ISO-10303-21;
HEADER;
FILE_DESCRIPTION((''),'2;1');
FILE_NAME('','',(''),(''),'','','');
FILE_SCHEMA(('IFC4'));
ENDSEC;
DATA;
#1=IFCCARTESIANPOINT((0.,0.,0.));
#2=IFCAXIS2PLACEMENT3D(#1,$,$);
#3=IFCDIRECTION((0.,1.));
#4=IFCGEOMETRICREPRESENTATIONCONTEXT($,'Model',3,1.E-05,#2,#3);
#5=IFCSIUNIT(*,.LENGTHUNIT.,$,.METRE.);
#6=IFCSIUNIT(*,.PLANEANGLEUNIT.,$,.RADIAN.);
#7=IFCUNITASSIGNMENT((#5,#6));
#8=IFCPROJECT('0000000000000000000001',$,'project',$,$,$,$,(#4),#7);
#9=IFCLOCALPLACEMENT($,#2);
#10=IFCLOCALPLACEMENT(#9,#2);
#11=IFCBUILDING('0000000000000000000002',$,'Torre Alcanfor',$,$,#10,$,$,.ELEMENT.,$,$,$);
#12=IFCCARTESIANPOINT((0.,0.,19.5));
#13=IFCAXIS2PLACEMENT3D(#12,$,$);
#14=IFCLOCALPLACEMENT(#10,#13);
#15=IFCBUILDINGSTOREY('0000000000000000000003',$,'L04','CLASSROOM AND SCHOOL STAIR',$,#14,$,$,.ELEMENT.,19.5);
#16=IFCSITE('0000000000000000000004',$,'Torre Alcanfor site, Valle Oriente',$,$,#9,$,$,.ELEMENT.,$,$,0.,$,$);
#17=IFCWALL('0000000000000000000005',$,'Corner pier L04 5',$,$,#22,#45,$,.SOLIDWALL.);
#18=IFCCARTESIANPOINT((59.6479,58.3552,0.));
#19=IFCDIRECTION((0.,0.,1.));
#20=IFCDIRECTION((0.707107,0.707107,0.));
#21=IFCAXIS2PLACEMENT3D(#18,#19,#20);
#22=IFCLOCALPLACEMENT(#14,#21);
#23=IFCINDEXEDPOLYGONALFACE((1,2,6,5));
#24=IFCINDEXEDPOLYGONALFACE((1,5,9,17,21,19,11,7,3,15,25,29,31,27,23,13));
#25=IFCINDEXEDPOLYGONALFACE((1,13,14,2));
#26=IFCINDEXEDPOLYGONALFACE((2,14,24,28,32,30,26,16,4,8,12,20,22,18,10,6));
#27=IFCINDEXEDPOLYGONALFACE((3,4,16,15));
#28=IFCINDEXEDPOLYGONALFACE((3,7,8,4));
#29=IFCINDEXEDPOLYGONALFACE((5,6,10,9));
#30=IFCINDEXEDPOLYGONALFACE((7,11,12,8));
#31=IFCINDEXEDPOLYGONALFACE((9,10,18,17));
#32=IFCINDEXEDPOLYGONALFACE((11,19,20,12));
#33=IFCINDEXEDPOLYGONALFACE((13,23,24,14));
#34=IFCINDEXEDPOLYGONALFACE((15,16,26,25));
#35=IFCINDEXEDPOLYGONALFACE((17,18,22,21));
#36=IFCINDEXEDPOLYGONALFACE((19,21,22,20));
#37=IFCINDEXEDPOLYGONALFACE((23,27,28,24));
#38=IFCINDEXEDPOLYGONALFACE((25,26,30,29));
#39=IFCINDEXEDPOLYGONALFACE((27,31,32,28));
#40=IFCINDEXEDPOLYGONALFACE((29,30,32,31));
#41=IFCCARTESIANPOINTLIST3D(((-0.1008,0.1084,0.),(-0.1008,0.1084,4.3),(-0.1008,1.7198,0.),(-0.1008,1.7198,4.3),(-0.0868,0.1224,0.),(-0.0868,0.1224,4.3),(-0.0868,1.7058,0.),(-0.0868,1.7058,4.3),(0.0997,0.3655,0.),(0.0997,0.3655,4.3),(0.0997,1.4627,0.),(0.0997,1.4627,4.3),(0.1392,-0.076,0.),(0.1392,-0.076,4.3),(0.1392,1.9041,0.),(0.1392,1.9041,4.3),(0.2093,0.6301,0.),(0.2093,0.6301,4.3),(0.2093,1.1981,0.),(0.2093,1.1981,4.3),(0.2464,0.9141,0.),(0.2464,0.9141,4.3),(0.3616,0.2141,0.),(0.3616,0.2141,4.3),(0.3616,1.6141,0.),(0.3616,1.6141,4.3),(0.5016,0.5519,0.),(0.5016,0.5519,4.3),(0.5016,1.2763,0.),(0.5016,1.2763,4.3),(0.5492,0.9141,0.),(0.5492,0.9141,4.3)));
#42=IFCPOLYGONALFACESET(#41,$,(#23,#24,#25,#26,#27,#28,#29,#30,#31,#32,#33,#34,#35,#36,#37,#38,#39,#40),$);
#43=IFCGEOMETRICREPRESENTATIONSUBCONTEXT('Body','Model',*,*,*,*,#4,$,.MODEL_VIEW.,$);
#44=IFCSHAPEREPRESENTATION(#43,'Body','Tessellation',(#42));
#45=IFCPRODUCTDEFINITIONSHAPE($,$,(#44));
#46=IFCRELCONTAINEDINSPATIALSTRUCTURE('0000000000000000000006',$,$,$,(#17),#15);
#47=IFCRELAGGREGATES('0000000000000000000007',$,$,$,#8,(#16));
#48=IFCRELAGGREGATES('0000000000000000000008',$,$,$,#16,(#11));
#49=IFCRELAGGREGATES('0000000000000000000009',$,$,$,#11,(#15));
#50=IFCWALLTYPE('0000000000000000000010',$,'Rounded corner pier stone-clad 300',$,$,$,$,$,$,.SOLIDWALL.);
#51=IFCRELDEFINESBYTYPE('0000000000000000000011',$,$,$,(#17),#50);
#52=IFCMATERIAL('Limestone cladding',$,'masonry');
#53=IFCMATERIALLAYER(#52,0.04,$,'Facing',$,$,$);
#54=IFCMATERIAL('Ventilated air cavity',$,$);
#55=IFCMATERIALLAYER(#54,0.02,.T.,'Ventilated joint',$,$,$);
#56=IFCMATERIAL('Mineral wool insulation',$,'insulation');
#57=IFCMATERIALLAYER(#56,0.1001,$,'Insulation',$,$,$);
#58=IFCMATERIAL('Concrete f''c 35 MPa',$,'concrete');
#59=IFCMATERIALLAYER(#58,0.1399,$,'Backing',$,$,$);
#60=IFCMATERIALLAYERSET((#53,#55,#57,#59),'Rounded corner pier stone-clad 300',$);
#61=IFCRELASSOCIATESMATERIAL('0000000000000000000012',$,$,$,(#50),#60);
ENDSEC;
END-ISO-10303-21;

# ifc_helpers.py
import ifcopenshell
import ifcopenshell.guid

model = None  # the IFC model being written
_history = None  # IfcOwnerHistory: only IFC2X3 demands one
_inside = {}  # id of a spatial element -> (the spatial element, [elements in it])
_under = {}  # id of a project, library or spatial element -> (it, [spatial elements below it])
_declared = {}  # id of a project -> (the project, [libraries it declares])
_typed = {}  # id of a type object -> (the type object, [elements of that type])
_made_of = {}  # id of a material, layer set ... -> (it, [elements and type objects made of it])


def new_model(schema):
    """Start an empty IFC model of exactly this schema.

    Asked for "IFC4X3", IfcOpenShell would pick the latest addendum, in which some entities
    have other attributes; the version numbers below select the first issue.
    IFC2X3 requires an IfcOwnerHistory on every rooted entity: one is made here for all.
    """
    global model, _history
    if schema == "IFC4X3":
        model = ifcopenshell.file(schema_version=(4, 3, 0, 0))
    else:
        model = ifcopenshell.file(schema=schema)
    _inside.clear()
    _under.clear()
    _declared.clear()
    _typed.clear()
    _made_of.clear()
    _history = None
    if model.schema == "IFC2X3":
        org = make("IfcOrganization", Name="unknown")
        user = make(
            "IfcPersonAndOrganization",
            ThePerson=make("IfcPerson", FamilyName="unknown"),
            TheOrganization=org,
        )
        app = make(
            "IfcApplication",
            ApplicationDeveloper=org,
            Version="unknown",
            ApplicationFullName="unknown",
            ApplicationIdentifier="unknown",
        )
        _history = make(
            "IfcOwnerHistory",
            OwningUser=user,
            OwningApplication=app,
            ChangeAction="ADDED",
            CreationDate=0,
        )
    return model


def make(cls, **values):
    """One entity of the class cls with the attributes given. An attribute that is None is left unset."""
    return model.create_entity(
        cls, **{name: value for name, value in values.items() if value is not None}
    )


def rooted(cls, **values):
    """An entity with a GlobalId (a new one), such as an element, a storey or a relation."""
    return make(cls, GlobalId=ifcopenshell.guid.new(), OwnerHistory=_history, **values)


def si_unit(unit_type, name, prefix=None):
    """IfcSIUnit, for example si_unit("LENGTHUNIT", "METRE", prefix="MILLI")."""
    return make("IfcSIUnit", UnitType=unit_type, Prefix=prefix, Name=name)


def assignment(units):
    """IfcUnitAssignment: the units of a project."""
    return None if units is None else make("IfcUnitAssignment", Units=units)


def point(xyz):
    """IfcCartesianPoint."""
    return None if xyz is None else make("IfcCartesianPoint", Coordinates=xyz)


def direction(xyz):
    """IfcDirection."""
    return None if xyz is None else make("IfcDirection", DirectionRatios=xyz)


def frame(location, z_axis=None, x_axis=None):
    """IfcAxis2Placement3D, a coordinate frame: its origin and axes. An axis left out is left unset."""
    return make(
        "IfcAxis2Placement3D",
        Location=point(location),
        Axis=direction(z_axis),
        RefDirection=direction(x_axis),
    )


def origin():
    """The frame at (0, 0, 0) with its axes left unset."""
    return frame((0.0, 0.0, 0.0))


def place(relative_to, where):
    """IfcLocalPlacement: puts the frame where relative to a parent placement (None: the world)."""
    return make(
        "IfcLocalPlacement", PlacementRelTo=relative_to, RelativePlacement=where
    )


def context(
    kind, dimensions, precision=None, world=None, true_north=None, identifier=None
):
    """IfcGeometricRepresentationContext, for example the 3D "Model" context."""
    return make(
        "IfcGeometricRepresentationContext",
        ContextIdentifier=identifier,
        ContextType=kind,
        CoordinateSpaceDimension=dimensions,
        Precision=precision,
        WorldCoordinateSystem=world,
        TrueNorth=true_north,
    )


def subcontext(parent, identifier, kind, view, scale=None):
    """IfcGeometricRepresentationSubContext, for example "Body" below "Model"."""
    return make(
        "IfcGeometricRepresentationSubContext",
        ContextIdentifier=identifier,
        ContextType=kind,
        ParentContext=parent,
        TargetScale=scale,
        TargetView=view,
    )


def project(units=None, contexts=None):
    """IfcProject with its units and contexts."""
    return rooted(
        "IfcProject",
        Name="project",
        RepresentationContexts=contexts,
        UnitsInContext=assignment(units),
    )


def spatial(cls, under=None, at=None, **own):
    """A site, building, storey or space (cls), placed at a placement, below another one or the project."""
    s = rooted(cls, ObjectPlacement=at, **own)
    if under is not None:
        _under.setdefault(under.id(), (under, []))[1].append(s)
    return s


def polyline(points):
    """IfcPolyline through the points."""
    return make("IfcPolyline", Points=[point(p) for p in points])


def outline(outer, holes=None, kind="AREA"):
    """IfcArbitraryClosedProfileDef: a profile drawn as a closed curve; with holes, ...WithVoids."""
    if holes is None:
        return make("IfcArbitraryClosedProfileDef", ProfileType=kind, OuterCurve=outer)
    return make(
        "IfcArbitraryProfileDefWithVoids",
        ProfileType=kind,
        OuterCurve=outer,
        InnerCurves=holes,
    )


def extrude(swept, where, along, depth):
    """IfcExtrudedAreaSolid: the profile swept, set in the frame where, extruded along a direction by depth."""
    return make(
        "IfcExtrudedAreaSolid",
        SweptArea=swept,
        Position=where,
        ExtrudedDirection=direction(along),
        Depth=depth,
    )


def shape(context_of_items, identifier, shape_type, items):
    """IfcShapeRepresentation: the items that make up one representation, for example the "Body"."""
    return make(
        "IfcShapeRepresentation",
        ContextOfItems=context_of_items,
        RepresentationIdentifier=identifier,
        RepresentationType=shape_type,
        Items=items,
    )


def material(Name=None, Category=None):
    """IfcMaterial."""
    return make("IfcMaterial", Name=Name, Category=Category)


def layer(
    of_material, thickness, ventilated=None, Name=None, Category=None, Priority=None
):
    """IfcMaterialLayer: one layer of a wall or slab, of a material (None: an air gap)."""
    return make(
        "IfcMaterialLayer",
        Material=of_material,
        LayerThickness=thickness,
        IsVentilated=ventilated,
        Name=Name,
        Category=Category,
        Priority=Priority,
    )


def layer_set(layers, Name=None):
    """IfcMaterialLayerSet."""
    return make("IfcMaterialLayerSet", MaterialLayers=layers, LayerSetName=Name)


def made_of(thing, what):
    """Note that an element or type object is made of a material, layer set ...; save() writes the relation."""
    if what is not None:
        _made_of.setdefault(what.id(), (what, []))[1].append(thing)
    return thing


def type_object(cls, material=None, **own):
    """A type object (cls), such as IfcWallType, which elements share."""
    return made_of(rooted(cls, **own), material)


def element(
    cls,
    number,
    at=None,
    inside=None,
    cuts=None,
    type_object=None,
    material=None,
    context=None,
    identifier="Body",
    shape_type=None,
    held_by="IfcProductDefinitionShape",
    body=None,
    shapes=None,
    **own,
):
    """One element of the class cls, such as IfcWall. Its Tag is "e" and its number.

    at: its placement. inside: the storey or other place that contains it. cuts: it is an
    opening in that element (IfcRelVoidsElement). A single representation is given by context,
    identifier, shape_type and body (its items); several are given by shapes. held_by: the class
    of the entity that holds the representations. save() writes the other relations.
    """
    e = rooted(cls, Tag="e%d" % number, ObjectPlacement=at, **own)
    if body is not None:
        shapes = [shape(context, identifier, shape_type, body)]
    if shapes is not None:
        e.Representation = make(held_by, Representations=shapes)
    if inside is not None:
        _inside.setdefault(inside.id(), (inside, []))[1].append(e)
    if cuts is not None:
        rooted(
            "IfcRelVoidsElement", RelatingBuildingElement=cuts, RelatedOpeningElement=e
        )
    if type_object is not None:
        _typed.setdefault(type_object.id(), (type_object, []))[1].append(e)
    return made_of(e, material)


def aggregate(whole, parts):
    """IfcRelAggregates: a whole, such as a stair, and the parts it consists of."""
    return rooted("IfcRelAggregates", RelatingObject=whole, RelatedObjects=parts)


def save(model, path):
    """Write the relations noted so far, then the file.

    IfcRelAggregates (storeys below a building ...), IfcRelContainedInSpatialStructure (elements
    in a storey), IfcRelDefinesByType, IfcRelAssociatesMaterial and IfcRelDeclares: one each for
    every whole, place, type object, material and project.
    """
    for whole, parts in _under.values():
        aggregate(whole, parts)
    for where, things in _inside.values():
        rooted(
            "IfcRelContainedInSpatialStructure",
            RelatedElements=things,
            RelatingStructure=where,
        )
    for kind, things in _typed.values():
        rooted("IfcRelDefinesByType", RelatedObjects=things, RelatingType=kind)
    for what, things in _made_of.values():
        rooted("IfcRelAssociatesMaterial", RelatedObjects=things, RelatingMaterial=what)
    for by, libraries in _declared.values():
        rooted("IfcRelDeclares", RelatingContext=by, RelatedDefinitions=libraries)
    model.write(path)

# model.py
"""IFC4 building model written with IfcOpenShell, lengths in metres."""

from ifc_helpers import new_model, si_unit, direction, frame, origin, place, context, subcontext, project, spatial, polyline, outline, extrude, material, layer, layer_set, type_object, element, save


model = new_model("IFC4")

# Units and contexts
model_context = context("Model", 3, precision=1e-05, world=origin(), true_north=direction((0.0, 1.0)))
body_context = subcontext(model_context, "Body", "Model", "MODEL_VIEW")
ifc_project = project(units=[si_unit("LENGTHUNIT", "METRE"), si_unit("PLANEANGLEUNIT", "RADIAN")], contexts=[model_context])

# Site, building, storey
site_placement = place(None, origin())
site = spatial("IfcSite", under=ifc_project, at=site_placement, Name="Torre Alcanfor site, Valle Oriente", CompositionType="ELEMENT", RefElevation=0.0)
building_placement = place(site_placement, origin())
building = spatial("IfcBuilding", under=site, at=building_placement, Name="Torre Alcanfor", CompositionType="ELEMENT")
storey_placement = place(building_placement, frame((0.0, 0.0, 19.5)))
storey = spatial("IfcBuildingStorey", under=building, at=storey_placement, Name="L04", Description="CLASSROOM AND SCHOOL STAIR", CompositionType="ELEMENT", Elevation=19.5)

# Wall
ifc_material_1 = material(Name="Limestone cladding", Category="masonry")
ifc_layer_1 = layer(ifc_material_1, 0.04, Name="Facing")
ifc_material_2 = material(Name="Ventilated air cavity")
ifc_layer_2 = layer(ifc_material_2, 0.02, ventilated=True, Name="Ventilated joint")
ifc_material_3 = material(Name="Mineral wool insulation", Category="insulation")
ifc_layer_3 = layer(ifc_material_3, 0.1001, Name="Insulation")
ifc_material_4 = material(Name="Concrete f'c 35 MPa", Category="concrete")
ifc_layer_4 = layer(ifc_material_4, 0.1399, Name="Backing")
ifc_layer_set_1 = layer_set([ifc_layer_1, ifc_layer_2, ifc_layer_3, ifc_layer_4], Name="Rounded corner pier stone-clad 300")
wall_type_1 = type_object("IfcWallType", Name="Rounded corner pier stone-clad 300", PredefinedType="SOLIDWALL", material=ifc_layer_set_1)
wall_1_placement = place(storey_placement, frame((59.6479, 58.3552, 0.0), z_axis=(0.0, 0.0, 1.0), x_axis=(0.707107, 0.707107, 0.0)))
element("IfcWall", 1, at=wall_1_placement, inside=storey, type_object=wall_type_1, Name="Corner pier L04 5", PredefinedType="SOLIDWALL", context=body_context, shape_type="SweptSolid", body=[
    extrude(outline(polyline([(0.1392, 1.9041), (-0.1008, 1.7198), (-0.0868, 1.7058), (0.0997, 1.4627), (0.2093, 1.1981), (0.2464, 0.9141), (0.2093, 0.6301), (0.0997, 0.3655), (-0.0868, 0.1224), (-0.1008, 0.1084), (0.1392, -0.076), (0.3616, 0.2141), (0.5016, 0.5519), (0.5492, 0.9141), (0.5016, 1.2763), (0.3616, 1.6141), (0.1392, 1.9041)])), origin(), (0.0, 0.0, 1.0), 4.3),
])

save(model, "model.ifc")
